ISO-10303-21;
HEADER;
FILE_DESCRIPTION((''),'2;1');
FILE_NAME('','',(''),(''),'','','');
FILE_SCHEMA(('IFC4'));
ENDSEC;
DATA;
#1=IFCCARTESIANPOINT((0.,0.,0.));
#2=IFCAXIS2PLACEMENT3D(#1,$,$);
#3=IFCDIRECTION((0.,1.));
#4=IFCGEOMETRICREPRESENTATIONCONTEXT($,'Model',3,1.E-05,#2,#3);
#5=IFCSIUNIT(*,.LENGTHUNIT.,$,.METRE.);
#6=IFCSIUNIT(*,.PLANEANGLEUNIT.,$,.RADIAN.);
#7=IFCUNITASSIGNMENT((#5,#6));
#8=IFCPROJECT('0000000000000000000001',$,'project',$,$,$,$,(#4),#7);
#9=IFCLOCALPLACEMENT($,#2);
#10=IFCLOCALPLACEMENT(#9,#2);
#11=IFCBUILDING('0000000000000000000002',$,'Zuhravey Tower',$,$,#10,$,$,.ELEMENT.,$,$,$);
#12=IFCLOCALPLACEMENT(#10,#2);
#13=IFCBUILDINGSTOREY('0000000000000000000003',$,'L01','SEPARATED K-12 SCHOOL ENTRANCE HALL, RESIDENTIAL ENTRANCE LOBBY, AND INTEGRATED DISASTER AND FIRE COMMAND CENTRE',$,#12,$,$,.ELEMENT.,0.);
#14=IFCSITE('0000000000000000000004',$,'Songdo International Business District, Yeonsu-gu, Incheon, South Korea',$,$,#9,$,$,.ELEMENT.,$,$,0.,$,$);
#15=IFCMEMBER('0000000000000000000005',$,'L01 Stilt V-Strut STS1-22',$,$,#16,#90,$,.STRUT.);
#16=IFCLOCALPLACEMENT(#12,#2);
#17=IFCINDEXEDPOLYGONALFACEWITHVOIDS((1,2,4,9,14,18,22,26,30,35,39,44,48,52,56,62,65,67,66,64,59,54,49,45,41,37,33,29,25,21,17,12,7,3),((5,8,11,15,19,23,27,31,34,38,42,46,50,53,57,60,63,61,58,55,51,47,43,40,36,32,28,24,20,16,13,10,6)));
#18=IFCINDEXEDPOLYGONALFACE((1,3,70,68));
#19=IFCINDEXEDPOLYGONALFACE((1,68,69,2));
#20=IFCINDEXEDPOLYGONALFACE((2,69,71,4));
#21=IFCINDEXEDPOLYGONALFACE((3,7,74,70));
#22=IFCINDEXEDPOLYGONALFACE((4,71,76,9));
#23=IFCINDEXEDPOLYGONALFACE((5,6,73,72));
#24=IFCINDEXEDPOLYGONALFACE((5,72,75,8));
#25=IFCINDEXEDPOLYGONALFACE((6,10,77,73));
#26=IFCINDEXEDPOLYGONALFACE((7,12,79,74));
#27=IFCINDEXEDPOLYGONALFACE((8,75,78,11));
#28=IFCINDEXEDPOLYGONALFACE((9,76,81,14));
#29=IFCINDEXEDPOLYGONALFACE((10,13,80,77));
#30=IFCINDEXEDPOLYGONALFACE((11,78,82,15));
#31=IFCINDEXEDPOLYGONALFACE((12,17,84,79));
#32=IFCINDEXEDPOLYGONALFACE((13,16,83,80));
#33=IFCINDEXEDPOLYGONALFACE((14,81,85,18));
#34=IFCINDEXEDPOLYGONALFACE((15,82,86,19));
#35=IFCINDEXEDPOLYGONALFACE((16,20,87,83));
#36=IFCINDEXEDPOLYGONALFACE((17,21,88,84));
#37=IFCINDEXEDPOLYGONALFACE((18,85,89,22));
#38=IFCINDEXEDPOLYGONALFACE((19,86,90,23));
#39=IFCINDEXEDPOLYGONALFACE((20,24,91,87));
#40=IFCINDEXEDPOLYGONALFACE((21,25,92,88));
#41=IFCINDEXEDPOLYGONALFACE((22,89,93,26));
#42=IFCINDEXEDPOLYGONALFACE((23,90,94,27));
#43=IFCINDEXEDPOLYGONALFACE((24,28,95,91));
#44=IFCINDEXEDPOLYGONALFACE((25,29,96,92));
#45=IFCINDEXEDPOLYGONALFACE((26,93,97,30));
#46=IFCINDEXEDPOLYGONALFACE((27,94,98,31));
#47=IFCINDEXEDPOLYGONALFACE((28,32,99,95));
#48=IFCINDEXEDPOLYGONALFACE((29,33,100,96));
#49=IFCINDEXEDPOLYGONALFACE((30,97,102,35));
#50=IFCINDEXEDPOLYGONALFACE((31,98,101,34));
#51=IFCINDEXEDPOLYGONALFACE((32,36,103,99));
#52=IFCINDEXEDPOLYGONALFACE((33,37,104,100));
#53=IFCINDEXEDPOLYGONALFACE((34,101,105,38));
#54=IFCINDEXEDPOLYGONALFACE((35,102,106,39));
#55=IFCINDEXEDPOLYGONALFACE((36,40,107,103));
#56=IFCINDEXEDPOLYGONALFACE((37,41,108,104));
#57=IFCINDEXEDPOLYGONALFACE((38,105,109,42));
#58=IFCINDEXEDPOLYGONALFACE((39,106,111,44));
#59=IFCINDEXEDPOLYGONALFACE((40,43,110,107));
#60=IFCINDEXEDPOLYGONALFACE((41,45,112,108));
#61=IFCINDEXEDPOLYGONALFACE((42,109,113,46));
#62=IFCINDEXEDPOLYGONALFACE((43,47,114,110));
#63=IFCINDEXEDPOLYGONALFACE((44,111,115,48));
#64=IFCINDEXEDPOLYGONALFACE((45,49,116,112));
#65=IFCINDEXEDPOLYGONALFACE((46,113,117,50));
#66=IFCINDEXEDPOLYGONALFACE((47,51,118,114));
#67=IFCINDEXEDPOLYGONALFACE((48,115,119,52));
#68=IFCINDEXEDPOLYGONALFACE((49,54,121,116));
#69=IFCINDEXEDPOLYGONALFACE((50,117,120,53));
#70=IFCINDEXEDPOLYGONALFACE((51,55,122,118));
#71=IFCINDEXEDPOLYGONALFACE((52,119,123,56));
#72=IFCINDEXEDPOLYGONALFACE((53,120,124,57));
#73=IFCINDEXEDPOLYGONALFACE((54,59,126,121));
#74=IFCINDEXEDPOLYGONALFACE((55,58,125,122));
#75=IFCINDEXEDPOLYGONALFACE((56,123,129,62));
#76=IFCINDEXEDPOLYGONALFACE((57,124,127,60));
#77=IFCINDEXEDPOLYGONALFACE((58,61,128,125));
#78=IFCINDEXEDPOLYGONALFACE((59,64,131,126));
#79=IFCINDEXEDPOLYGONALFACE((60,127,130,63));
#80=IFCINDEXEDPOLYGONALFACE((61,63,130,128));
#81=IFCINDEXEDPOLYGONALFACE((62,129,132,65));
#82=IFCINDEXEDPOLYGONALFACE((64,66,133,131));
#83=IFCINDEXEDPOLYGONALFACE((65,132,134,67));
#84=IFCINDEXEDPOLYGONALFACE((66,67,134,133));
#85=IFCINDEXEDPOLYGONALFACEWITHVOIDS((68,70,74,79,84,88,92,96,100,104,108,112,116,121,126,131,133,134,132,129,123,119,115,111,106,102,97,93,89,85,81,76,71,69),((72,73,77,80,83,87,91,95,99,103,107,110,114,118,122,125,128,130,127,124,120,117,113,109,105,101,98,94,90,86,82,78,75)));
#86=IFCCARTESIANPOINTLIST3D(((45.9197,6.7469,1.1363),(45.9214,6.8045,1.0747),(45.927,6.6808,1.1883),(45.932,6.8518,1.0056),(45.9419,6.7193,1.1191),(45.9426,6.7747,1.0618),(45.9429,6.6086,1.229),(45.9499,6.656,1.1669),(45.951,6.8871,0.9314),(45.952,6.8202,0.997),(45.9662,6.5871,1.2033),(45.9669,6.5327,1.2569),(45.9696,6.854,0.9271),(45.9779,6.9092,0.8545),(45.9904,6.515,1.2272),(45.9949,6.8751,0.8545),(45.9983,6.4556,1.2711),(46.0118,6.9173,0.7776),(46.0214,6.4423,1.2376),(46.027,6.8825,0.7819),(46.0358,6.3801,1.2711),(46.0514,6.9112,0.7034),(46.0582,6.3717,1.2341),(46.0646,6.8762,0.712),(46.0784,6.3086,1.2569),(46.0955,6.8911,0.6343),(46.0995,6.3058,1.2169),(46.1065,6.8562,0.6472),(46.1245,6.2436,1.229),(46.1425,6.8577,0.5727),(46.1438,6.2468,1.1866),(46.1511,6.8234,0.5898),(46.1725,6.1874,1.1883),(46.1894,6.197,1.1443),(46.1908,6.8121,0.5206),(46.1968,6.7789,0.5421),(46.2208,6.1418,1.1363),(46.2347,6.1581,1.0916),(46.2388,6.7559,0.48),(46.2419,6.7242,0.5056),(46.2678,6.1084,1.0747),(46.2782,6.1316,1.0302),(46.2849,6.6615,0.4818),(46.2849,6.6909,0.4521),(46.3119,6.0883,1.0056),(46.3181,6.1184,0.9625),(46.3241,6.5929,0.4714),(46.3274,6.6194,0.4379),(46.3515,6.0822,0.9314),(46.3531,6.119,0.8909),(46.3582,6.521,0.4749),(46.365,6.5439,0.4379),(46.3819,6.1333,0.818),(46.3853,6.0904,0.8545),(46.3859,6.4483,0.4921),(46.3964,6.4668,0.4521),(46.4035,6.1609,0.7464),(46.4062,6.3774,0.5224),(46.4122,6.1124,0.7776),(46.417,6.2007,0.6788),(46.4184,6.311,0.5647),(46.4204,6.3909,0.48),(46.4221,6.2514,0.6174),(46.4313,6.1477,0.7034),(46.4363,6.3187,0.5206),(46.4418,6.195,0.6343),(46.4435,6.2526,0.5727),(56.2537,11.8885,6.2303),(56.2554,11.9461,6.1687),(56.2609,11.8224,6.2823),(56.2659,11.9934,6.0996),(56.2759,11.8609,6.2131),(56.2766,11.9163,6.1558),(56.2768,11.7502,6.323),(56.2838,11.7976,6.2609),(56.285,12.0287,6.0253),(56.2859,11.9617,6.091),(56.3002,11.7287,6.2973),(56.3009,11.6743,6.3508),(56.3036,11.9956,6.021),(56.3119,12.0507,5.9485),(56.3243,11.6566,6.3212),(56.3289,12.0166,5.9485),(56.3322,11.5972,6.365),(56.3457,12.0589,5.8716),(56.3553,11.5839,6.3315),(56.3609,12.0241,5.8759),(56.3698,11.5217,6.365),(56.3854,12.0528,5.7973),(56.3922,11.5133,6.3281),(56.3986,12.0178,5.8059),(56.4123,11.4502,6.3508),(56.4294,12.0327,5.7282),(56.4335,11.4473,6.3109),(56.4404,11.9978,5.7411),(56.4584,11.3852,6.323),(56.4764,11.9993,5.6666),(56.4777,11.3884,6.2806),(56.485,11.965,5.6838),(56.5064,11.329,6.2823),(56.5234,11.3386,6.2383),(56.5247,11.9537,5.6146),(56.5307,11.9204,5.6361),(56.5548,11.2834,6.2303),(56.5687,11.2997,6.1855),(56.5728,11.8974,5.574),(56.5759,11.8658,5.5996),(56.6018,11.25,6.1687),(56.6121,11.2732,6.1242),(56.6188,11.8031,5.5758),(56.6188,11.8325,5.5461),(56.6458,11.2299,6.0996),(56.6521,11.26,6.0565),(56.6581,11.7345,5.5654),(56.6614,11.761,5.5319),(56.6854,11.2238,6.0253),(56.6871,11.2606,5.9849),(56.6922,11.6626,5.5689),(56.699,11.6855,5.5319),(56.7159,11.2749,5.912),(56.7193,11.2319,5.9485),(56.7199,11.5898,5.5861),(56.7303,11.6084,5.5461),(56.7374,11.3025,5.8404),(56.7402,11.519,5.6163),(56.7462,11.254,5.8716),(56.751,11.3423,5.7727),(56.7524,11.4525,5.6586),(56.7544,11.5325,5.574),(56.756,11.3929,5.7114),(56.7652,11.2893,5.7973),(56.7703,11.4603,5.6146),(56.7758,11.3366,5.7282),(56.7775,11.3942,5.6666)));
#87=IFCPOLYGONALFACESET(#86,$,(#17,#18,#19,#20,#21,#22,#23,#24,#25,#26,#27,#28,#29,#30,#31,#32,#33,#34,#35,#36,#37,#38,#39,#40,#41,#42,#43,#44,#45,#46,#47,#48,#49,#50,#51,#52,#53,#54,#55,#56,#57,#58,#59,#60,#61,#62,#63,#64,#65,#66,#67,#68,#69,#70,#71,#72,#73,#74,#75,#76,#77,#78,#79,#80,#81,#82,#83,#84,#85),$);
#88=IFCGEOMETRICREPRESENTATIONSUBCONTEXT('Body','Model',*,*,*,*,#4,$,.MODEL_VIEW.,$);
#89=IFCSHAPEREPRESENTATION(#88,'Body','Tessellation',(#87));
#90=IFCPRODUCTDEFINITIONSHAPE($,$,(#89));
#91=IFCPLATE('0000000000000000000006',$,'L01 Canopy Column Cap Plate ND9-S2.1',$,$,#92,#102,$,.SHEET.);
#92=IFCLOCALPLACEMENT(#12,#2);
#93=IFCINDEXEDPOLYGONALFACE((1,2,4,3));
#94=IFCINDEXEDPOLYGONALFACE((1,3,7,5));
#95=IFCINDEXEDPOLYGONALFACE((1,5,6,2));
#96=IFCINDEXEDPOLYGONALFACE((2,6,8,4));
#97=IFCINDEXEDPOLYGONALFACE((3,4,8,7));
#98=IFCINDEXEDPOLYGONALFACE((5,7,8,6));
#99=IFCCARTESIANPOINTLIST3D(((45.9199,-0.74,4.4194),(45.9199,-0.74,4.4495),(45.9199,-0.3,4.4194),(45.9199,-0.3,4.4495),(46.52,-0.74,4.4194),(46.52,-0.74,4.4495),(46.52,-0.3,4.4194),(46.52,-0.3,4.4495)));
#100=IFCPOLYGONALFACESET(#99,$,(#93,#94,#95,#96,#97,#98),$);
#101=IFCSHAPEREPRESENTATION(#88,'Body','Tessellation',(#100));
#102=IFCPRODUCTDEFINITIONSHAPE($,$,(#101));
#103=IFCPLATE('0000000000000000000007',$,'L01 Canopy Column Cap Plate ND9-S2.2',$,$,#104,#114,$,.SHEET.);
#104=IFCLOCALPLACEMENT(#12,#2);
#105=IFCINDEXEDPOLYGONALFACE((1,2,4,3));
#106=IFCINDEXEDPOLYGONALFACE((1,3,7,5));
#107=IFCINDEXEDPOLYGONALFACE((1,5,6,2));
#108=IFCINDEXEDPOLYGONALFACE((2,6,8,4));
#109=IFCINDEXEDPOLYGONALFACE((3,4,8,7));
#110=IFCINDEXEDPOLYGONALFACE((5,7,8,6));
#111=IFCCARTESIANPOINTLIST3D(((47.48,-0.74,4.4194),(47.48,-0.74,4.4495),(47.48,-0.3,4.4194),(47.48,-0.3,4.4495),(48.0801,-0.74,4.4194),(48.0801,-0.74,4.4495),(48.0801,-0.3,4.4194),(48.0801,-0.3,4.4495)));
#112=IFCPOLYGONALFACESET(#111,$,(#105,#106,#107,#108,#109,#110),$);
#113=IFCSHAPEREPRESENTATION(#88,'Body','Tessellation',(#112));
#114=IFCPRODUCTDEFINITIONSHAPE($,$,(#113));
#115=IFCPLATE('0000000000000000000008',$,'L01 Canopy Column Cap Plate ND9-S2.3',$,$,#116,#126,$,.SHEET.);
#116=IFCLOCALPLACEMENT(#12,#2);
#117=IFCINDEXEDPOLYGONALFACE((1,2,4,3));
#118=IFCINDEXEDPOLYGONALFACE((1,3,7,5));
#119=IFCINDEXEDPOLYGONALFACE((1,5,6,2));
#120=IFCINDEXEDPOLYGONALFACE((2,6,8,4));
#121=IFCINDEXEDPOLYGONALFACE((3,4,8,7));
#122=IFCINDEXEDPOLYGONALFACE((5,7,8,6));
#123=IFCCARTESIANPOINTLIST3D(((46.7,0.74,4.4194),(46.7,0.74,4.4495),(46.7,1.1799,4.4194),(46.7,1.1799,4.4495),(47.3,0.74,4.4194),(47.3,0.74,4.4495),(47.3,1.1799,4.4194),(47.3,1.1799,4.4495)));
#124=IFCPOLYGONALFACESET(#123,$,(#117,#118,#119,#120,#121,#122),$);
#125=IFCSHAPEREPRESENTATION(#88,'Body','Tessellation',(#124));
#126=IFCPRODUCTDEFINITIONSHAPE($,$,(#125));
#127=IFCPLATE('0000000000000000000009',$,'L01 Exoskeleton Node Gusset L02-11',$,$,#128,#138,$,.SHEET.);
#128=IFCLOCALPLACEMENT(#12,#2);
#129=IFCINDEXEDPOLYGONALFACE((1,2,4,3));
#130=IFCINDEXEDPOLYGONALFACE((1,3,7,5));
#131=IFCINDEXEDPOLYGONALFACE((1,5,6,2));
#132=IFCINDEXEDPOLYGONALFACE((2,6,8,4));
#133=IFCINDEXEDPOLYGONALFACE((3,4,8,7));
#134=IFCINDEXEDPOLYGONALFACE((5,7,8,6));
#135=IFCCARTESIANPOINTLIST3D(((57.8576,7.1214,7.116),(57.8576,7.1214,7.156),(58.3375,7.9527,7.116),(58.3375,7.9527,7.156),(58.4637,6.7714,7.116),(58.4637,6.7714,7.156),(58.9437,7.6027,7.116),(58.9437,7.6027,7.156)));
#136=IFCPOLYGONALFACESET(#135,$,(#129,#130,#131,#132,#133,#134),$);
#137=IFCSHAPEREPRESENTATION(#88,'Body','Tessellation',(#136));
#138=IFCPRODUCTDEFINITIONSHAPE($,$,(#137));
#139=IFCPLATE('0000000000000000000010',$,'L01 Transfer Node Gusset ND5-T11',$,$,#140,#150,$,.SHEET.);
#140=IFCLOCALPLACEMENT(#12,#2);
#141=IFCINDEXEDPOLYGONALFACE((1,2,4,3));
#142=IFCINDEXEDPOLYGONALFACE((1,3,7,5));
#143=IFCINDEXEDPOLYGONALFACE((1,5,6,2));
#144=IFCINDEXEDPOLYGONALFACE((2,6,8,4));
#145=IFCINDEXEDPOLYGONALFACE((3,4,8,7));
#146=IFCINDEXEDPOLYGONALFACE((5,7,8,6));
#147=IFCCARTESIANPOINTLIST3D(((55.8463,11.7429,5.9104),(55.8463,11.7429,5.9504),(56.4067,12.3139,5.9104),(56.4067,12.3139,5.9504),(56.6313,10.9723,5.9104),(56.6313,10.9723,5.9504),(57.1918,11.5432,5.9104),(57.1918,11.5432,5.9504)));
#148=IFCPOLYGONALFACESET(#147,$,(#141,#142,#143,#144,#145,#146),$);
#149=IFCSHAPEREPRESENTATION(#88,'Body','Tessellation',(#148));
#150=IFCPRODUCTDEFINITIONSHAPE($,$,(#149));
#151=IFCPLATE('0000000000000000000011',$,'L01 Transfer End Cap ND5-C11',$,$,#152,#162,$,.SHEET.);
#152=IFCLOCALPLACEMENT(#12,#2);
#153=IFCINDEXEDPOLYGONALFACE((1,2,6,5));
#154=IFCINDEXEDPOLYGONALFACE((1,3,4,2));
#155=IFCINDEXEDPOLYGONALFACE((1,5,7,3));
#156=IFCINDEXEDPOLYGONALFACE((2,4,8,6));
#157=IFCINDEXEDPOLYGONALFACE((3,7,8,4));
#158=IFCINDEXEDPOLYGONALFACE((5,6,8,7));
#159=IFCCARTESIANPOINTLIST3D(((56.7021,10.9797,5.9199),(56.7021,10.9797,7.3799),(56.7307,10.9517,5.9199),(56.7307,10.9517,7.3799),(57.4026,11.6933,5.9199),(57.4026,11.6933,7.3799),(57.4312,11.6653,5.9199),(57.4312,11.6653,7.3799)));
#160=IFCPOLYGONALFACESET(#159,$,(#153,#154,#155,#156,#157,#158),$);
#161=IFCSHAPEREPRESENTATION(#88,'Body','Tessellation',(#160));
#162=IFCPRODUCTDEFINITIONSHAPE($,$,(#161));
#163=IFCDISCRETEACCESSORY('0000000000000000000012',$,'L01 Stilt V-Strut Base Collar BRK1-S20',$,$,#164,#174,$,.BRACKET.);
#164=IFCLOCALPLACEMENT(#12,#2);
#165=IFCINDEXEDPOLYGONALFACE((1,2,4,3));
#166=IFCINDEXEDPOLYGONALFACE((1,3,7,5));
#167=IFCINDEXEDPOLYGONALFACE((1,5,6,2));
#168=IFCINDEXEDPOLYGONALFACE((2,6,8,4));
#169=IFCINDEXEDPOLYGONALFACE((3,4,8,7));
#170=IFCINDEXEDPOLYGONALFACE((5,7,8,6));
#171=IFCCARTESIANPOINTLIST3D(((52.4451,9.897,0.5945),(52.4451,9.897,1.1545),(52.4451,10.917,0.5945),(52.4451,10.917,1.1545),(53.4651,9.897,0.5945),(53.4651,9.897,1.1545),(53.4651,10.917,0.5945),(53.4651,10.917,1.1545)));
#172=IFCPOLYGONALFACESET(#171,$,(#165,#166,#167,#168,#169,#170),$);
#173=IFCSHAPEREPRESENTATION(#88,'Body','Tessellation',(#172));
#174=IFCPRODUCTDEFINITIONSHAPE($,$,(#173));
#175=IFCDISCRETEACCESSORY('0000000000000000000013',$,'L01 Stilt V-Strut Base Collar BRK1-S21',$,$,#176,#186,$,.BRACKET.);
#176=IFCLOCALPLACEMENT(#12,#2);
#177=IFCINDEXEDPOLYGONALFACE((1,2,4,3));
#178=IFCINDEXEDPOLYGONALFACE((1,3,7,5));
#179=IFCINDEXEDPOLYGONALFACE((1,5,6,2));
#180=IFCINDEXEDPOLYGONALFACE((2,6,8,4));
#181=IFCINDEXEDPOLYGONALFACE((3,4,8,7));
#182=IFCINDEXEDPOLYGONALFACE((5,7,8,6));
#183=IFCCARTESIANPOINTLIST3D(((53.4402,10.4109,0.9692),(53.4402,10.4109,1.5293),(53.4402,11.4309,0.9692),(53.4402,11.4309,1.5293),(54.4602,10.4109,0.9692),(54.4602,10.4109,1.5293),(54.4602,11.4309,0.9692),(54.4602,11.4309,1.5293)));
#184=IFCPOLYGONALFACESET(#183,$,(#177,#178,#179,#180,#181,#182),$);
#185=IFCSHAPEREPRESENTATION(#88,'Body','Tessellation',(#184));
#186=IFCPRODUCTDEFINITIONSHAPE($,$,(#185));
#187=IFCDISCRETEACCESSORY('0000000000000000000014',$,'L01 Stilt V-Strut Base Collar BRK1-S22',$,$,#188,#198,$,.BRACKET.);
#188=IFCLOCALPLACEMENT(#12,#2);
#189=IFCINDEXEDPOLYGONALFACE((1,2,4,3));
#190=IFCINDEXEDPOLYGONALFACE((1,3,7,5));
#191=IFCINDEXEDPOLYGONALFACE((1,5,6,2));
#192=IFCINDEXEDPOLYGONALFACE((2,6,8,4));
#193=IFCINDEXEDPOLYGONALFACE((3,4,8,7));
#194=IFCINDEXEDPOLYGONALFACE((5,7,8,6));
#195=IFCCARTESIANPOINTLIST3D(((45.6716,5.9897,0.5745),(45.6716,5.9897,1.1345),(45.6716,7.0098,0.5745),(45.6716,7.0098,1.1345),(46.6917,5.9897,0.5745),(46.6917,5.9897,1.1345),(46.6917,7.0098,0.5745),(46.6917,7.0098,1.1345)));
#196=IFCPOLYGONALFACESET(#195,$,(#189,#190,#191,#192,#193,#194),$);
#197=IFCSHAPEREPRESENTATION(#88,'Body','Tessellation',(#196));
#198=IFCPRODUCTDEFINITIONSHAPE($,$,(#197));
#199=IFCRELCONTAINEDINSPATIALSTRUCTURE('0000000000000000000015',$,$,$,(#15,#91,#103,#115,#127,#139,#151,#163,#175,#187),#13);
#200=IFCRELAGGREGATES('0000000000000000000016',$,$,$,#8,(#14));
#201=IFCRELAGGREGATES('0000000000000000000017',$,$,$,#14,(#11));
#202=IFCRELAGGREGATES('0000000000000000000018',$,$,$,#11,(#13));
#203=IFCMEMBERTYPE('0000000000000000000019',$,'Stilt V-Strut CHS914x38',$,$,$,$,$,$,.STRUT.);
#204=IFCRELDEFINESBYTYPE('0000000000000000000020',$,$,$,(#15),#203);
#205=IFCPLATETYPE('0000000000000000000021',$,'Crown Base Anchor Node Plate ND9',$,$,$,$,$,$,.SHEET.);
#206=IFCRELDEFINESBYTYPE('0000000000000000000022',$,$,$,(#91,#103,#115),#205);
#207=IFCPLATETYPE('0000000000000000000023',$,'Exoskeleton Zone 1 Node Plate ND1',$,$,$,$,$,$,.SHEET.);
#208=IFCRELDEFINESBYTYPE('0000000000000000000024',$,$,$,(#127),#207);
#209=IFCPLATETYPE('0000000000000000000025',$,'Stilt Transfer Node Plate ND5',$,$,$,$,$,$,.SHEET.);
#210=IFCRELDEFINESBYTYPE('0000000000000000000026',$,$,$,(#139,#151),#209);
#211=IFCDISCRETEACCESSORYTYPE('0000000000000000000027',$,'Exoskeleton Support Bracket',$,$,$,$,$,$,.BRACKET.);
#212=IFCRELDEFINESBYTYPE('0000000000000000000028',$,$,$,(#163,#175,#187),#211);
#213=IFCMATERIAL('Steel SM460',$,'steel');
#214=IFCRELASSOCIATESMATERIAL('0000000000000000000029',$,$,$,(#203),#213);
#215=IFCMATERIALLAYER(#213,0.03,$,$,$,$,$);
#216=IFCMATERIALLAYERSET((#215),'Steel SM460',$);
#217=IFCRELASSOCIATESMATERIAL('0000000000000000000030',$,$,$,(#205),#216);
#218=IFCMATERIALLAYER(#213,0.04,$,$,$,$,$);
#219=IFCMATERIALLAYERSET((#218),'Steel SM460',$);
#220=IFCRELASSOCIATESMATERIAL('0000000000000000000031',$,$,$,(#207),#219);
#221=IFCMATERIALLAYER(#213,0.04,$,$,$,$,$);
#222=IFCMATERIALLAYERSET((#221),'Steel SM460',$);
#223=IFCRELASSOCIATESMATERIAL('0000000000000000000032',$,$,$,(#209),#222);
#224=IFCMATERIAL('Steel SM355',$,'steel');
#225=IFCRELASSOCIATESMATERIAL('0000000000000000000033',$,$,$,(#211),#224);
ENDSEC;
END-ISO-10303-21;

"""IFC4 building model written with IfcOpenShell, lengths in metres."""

from ifc_helpers import new_model, si_unit, direction, frame, origin, origin_2d, place, context, subcontext, project, spatial, rectangle, hollow_circle, extrude, material, layer, layer_set, material_profile, profile_set, type_object, element, save


model = new_model("IFC4")

# Units and contexts
model_context = context("Model", 3, precision=1e-05, world=origin(), true_north=direction((0.0, 1.0)))
body_context = subcontext(model_context, "Body", "Model", "MODEL_VIEW")
ifc_project = project(units=[si_unit("LENGTHUNIT", "METRE"), si_unit("PLANEANGLEUNIT", "RADIAN")], contexts=[model_context])

# Site, building, storey
site_placement = place(None, origin())
site = spatial("IfcSite", under=ifc_project, at=site_placement, Name="Songdo International Business District, Yeonsu-gu, Incheon, South Korea", CompositionType="ELEMENT", RefElevation=0.0)
building_placement = place(site_placement, origin())
building = spatial("IfcBuilding", under=site, at=building_placement, Name="Zuhravey Tower", CompositionType="ELEMENT")
storey_placement = place(building_placement, origin())
storey = spatial("IfcBuildingStorey", under=building, at=storey_placement, Name="L01", Description="SEPARATED K-12 SCHOOL ENTRANCE HALL, RESIDENTIAL ENTRANCE LOBBY, AND INTEGRATED DISASTER AND FIRE COMMAND CENTRE", CompositionType="ELEMENT", Elevation=0.0)

# Shared definitions
ifc_material_1 = material(Name="Steel SM355", Category="steel")

# Shared definitions
ifc_material_2 = material(Name="Steel SM460", Category="steel")

# Member
ifc_material_profile_1 = material_profile(ifc_material_2, hollow_circle(Radius=0.4573, WallThickness=0.0381, at=origin_2d()), Name="CHS-914.4x38")
ifc_profile_set_1 = profile_set([ifc_material_profile_1], Name="Steel SM460")
member_type = type_object("IfcMemberType", Name="Stilt V-Strut CHS914x38", PredefinedType="STRUT", material=ifc_profile_set_1)
member_1_placement = place(storey_placement, frame((46.1816, 6.4998, 0.8545), z_axis=(0.819085, 0.40753, 0.403757), x_axis=(-0.445453, 0.895305, 0.0)))
element("IfcMember", 1, at=member_1_placement, inside=storey, type_object=member_type, Name="L01 Stilt V-Strut STS1-22", PredefinedType="STRUT", context=body_context, shape_type="SweptSolid", body=[
    extrude(hollow_circle(Radius=0.4573, WallThickness=0.0381, at=origin_2d()), origin(), (0.0, 0.0, 1.0), 12.6165),
])

# Plates
ifc_layer_1 = layer(ifc_material_2, 0.03)
ifc_layer_set_1 = layer_set([ifc_layer_1], Name="Steel SM460")
plate_type_1 = type_object("IfcPlateType", Name="Crown Base Anchor Node Plate ND9", PredefinedType="SHEET", material=ifc_layer_set_1)
for number, where, z_axis, x_axis, name in (
    (2, (46.22, -0.52, 4.4194), (0.0, 0.0, 1.0), (1.0, 0.0, 0.0), "L01 Canopy Column Cap Plate ND9-S2.1"),
    (3, (47.78, -0.52, 4.4194), (0.0, 0.0, 1.0), (1.0, 0.0, 0.0), "L01 Canopy Column Cap Plate ND9-S2.2"),
    (4, (47.0, 0.96, 4.4194), (0.0, 0.0, 1.0), (1.0, 0.0, 0.0), "L01 Canopy Column Cap Plate ND9-S2.3"),
):
    element("IfcPlate", number, at=place(storey_placement, frame(where, z_axis=z_axis, x_axis=x_axis)), inside=storey, type_object=plate_type_1, Name=name, PredefinedType="SHEET", context=body_context, shape_type="SweptSolid", body=[
        extrude(rectangle(XDim=0.6001, YDim=0.4399, at=origin_2d()), origin(), (0.0, 0.0, 1.0), 0.03),
    ])
ifc_layer_2 = layer(ifc_material_2, 0.04)
ifc_layer_set_2 = layer_set([ifc_layer_2], Name="Steel SM460")
plate_type_2 = type_object("IfcPlateType", Name="Exoskeleton Zone 1 Node Plate ND1", PredefinedType="SHEET", material=ifc_layer_set_2)
plate_1_placement = place(storey_placement, frame((58.4006, 7.3621, 7.116), z_axis=(0.0, 0.0, 1.0), x_axis=(0.5, 0.866025, 0.0)))
element("IfcPlate", 5, at=plate_1_placement, inside=storey, type_object=plate_type_2, Name="L01 Exoskeleton Node Gusset L02-11", PredefinedType="SHEET", context=body_context, shape_type="SweptSolid", body=[
    extrude(rectangle(XDim=0.96, YDim=0.7, at=origin_2d()), origin(), (0.0, 0.0, 1.0), 0.04),
])
ifc_layer_3 = layer(ifc_material_2, 0.04)
ifc_layer_set_3 = layer_set([ifc_layer_3], Name="Steel SM460")
plate_type_3 = type_object("IfcPlateType", Name="Stilt Transfer Node Plate ND5", PredefinedType="SHEET", material=ifc_layer_set_3)
plate_2_placement = place(storey_placement, frame((56.519, 11.6431, 5.9104), z_axis=(0.0, 0.0, 1.0), x_axis=(0.713617, -0.700536, 0.0)))
element("IfcPlate", 6, at=plate_2_placement, inside=storey, type_object=plate_type_3, Name="L01 Transfer Node Gusset ND5-T11", PredefinedType="SHEET", context=body_context, shape_type="SweptSolid", body=[
    extrude(rectangle(XDim=1.1001, YDim=0.8, at=origin_2d()), origin(), (0.0, 0.0, 1.0), 0.04),
])
plate_3_placement = place(storey_placement, frame((57.0667, 11.3225, 5.9199), z_axis=(0.0, 0.0, 1.0), x_axis=(0.713617, -0.700536, 0.0)))
element("IfcPlate", 7, at=plate_3_placement, inside=storey, type_object=plate_type_3, Name="L01 Transfer End Cap ND5-C11", PredefinedType="SHEET", context=body_context, shape_type="SweptSolid", body=[
    extrude(rectangle(XDim=0.04, YDim=1.0, at=origin_2d()), origin(), (0.0, 0.0, 1.0), 1.46),
])

# Discrete accessories
discrete_accessory_type = type_object("IfcDiscreteAccessoryType", Name="Exoskeleton Support Bracket", PredefinedType="BRACKET", material=ifc_material_1)
for number, where, z_axis, x_axis, name in (
    (8, (52.9551, 10.407, 0.5945), (0.0, 0.0, 1.0), (1.0, 0.0, 0.0), "L01 Stilt V-Strut Base Collar BRK1-S20"),
    (9, (53.9502, 10.9209, 0.9692), (0.0, 0.0, 1.0), (1.0, 0.0, 0.0), "L01 Stilt V-Strut Base Collar BRK1-S21"),
    (10, (46.1816, 6.4998, 0.5745), (0.0, 0.0, 1.0), (1.0, 0.0, 0.0), "L01 Stilt V-Strut Base Collar BRK1-S22"),
):
    element("IfcDiscreteAccessory", number, at=place(storey_placement, frame(where, z_axis=z_axis, x_axis=x_axis)), inside=storey, type_object=discrete_accessory_type, Name=name, PredefinedType="BRACKET", context=body_context, shape_type="SweptSolid", body=[
        extrude(rectangle(XDim=1.02, YDim=1.02, at=origin_2d()), origin(), (0.0, 0.0, 1.0), 0.5601),
    ])

save(model, "model.ifc")
